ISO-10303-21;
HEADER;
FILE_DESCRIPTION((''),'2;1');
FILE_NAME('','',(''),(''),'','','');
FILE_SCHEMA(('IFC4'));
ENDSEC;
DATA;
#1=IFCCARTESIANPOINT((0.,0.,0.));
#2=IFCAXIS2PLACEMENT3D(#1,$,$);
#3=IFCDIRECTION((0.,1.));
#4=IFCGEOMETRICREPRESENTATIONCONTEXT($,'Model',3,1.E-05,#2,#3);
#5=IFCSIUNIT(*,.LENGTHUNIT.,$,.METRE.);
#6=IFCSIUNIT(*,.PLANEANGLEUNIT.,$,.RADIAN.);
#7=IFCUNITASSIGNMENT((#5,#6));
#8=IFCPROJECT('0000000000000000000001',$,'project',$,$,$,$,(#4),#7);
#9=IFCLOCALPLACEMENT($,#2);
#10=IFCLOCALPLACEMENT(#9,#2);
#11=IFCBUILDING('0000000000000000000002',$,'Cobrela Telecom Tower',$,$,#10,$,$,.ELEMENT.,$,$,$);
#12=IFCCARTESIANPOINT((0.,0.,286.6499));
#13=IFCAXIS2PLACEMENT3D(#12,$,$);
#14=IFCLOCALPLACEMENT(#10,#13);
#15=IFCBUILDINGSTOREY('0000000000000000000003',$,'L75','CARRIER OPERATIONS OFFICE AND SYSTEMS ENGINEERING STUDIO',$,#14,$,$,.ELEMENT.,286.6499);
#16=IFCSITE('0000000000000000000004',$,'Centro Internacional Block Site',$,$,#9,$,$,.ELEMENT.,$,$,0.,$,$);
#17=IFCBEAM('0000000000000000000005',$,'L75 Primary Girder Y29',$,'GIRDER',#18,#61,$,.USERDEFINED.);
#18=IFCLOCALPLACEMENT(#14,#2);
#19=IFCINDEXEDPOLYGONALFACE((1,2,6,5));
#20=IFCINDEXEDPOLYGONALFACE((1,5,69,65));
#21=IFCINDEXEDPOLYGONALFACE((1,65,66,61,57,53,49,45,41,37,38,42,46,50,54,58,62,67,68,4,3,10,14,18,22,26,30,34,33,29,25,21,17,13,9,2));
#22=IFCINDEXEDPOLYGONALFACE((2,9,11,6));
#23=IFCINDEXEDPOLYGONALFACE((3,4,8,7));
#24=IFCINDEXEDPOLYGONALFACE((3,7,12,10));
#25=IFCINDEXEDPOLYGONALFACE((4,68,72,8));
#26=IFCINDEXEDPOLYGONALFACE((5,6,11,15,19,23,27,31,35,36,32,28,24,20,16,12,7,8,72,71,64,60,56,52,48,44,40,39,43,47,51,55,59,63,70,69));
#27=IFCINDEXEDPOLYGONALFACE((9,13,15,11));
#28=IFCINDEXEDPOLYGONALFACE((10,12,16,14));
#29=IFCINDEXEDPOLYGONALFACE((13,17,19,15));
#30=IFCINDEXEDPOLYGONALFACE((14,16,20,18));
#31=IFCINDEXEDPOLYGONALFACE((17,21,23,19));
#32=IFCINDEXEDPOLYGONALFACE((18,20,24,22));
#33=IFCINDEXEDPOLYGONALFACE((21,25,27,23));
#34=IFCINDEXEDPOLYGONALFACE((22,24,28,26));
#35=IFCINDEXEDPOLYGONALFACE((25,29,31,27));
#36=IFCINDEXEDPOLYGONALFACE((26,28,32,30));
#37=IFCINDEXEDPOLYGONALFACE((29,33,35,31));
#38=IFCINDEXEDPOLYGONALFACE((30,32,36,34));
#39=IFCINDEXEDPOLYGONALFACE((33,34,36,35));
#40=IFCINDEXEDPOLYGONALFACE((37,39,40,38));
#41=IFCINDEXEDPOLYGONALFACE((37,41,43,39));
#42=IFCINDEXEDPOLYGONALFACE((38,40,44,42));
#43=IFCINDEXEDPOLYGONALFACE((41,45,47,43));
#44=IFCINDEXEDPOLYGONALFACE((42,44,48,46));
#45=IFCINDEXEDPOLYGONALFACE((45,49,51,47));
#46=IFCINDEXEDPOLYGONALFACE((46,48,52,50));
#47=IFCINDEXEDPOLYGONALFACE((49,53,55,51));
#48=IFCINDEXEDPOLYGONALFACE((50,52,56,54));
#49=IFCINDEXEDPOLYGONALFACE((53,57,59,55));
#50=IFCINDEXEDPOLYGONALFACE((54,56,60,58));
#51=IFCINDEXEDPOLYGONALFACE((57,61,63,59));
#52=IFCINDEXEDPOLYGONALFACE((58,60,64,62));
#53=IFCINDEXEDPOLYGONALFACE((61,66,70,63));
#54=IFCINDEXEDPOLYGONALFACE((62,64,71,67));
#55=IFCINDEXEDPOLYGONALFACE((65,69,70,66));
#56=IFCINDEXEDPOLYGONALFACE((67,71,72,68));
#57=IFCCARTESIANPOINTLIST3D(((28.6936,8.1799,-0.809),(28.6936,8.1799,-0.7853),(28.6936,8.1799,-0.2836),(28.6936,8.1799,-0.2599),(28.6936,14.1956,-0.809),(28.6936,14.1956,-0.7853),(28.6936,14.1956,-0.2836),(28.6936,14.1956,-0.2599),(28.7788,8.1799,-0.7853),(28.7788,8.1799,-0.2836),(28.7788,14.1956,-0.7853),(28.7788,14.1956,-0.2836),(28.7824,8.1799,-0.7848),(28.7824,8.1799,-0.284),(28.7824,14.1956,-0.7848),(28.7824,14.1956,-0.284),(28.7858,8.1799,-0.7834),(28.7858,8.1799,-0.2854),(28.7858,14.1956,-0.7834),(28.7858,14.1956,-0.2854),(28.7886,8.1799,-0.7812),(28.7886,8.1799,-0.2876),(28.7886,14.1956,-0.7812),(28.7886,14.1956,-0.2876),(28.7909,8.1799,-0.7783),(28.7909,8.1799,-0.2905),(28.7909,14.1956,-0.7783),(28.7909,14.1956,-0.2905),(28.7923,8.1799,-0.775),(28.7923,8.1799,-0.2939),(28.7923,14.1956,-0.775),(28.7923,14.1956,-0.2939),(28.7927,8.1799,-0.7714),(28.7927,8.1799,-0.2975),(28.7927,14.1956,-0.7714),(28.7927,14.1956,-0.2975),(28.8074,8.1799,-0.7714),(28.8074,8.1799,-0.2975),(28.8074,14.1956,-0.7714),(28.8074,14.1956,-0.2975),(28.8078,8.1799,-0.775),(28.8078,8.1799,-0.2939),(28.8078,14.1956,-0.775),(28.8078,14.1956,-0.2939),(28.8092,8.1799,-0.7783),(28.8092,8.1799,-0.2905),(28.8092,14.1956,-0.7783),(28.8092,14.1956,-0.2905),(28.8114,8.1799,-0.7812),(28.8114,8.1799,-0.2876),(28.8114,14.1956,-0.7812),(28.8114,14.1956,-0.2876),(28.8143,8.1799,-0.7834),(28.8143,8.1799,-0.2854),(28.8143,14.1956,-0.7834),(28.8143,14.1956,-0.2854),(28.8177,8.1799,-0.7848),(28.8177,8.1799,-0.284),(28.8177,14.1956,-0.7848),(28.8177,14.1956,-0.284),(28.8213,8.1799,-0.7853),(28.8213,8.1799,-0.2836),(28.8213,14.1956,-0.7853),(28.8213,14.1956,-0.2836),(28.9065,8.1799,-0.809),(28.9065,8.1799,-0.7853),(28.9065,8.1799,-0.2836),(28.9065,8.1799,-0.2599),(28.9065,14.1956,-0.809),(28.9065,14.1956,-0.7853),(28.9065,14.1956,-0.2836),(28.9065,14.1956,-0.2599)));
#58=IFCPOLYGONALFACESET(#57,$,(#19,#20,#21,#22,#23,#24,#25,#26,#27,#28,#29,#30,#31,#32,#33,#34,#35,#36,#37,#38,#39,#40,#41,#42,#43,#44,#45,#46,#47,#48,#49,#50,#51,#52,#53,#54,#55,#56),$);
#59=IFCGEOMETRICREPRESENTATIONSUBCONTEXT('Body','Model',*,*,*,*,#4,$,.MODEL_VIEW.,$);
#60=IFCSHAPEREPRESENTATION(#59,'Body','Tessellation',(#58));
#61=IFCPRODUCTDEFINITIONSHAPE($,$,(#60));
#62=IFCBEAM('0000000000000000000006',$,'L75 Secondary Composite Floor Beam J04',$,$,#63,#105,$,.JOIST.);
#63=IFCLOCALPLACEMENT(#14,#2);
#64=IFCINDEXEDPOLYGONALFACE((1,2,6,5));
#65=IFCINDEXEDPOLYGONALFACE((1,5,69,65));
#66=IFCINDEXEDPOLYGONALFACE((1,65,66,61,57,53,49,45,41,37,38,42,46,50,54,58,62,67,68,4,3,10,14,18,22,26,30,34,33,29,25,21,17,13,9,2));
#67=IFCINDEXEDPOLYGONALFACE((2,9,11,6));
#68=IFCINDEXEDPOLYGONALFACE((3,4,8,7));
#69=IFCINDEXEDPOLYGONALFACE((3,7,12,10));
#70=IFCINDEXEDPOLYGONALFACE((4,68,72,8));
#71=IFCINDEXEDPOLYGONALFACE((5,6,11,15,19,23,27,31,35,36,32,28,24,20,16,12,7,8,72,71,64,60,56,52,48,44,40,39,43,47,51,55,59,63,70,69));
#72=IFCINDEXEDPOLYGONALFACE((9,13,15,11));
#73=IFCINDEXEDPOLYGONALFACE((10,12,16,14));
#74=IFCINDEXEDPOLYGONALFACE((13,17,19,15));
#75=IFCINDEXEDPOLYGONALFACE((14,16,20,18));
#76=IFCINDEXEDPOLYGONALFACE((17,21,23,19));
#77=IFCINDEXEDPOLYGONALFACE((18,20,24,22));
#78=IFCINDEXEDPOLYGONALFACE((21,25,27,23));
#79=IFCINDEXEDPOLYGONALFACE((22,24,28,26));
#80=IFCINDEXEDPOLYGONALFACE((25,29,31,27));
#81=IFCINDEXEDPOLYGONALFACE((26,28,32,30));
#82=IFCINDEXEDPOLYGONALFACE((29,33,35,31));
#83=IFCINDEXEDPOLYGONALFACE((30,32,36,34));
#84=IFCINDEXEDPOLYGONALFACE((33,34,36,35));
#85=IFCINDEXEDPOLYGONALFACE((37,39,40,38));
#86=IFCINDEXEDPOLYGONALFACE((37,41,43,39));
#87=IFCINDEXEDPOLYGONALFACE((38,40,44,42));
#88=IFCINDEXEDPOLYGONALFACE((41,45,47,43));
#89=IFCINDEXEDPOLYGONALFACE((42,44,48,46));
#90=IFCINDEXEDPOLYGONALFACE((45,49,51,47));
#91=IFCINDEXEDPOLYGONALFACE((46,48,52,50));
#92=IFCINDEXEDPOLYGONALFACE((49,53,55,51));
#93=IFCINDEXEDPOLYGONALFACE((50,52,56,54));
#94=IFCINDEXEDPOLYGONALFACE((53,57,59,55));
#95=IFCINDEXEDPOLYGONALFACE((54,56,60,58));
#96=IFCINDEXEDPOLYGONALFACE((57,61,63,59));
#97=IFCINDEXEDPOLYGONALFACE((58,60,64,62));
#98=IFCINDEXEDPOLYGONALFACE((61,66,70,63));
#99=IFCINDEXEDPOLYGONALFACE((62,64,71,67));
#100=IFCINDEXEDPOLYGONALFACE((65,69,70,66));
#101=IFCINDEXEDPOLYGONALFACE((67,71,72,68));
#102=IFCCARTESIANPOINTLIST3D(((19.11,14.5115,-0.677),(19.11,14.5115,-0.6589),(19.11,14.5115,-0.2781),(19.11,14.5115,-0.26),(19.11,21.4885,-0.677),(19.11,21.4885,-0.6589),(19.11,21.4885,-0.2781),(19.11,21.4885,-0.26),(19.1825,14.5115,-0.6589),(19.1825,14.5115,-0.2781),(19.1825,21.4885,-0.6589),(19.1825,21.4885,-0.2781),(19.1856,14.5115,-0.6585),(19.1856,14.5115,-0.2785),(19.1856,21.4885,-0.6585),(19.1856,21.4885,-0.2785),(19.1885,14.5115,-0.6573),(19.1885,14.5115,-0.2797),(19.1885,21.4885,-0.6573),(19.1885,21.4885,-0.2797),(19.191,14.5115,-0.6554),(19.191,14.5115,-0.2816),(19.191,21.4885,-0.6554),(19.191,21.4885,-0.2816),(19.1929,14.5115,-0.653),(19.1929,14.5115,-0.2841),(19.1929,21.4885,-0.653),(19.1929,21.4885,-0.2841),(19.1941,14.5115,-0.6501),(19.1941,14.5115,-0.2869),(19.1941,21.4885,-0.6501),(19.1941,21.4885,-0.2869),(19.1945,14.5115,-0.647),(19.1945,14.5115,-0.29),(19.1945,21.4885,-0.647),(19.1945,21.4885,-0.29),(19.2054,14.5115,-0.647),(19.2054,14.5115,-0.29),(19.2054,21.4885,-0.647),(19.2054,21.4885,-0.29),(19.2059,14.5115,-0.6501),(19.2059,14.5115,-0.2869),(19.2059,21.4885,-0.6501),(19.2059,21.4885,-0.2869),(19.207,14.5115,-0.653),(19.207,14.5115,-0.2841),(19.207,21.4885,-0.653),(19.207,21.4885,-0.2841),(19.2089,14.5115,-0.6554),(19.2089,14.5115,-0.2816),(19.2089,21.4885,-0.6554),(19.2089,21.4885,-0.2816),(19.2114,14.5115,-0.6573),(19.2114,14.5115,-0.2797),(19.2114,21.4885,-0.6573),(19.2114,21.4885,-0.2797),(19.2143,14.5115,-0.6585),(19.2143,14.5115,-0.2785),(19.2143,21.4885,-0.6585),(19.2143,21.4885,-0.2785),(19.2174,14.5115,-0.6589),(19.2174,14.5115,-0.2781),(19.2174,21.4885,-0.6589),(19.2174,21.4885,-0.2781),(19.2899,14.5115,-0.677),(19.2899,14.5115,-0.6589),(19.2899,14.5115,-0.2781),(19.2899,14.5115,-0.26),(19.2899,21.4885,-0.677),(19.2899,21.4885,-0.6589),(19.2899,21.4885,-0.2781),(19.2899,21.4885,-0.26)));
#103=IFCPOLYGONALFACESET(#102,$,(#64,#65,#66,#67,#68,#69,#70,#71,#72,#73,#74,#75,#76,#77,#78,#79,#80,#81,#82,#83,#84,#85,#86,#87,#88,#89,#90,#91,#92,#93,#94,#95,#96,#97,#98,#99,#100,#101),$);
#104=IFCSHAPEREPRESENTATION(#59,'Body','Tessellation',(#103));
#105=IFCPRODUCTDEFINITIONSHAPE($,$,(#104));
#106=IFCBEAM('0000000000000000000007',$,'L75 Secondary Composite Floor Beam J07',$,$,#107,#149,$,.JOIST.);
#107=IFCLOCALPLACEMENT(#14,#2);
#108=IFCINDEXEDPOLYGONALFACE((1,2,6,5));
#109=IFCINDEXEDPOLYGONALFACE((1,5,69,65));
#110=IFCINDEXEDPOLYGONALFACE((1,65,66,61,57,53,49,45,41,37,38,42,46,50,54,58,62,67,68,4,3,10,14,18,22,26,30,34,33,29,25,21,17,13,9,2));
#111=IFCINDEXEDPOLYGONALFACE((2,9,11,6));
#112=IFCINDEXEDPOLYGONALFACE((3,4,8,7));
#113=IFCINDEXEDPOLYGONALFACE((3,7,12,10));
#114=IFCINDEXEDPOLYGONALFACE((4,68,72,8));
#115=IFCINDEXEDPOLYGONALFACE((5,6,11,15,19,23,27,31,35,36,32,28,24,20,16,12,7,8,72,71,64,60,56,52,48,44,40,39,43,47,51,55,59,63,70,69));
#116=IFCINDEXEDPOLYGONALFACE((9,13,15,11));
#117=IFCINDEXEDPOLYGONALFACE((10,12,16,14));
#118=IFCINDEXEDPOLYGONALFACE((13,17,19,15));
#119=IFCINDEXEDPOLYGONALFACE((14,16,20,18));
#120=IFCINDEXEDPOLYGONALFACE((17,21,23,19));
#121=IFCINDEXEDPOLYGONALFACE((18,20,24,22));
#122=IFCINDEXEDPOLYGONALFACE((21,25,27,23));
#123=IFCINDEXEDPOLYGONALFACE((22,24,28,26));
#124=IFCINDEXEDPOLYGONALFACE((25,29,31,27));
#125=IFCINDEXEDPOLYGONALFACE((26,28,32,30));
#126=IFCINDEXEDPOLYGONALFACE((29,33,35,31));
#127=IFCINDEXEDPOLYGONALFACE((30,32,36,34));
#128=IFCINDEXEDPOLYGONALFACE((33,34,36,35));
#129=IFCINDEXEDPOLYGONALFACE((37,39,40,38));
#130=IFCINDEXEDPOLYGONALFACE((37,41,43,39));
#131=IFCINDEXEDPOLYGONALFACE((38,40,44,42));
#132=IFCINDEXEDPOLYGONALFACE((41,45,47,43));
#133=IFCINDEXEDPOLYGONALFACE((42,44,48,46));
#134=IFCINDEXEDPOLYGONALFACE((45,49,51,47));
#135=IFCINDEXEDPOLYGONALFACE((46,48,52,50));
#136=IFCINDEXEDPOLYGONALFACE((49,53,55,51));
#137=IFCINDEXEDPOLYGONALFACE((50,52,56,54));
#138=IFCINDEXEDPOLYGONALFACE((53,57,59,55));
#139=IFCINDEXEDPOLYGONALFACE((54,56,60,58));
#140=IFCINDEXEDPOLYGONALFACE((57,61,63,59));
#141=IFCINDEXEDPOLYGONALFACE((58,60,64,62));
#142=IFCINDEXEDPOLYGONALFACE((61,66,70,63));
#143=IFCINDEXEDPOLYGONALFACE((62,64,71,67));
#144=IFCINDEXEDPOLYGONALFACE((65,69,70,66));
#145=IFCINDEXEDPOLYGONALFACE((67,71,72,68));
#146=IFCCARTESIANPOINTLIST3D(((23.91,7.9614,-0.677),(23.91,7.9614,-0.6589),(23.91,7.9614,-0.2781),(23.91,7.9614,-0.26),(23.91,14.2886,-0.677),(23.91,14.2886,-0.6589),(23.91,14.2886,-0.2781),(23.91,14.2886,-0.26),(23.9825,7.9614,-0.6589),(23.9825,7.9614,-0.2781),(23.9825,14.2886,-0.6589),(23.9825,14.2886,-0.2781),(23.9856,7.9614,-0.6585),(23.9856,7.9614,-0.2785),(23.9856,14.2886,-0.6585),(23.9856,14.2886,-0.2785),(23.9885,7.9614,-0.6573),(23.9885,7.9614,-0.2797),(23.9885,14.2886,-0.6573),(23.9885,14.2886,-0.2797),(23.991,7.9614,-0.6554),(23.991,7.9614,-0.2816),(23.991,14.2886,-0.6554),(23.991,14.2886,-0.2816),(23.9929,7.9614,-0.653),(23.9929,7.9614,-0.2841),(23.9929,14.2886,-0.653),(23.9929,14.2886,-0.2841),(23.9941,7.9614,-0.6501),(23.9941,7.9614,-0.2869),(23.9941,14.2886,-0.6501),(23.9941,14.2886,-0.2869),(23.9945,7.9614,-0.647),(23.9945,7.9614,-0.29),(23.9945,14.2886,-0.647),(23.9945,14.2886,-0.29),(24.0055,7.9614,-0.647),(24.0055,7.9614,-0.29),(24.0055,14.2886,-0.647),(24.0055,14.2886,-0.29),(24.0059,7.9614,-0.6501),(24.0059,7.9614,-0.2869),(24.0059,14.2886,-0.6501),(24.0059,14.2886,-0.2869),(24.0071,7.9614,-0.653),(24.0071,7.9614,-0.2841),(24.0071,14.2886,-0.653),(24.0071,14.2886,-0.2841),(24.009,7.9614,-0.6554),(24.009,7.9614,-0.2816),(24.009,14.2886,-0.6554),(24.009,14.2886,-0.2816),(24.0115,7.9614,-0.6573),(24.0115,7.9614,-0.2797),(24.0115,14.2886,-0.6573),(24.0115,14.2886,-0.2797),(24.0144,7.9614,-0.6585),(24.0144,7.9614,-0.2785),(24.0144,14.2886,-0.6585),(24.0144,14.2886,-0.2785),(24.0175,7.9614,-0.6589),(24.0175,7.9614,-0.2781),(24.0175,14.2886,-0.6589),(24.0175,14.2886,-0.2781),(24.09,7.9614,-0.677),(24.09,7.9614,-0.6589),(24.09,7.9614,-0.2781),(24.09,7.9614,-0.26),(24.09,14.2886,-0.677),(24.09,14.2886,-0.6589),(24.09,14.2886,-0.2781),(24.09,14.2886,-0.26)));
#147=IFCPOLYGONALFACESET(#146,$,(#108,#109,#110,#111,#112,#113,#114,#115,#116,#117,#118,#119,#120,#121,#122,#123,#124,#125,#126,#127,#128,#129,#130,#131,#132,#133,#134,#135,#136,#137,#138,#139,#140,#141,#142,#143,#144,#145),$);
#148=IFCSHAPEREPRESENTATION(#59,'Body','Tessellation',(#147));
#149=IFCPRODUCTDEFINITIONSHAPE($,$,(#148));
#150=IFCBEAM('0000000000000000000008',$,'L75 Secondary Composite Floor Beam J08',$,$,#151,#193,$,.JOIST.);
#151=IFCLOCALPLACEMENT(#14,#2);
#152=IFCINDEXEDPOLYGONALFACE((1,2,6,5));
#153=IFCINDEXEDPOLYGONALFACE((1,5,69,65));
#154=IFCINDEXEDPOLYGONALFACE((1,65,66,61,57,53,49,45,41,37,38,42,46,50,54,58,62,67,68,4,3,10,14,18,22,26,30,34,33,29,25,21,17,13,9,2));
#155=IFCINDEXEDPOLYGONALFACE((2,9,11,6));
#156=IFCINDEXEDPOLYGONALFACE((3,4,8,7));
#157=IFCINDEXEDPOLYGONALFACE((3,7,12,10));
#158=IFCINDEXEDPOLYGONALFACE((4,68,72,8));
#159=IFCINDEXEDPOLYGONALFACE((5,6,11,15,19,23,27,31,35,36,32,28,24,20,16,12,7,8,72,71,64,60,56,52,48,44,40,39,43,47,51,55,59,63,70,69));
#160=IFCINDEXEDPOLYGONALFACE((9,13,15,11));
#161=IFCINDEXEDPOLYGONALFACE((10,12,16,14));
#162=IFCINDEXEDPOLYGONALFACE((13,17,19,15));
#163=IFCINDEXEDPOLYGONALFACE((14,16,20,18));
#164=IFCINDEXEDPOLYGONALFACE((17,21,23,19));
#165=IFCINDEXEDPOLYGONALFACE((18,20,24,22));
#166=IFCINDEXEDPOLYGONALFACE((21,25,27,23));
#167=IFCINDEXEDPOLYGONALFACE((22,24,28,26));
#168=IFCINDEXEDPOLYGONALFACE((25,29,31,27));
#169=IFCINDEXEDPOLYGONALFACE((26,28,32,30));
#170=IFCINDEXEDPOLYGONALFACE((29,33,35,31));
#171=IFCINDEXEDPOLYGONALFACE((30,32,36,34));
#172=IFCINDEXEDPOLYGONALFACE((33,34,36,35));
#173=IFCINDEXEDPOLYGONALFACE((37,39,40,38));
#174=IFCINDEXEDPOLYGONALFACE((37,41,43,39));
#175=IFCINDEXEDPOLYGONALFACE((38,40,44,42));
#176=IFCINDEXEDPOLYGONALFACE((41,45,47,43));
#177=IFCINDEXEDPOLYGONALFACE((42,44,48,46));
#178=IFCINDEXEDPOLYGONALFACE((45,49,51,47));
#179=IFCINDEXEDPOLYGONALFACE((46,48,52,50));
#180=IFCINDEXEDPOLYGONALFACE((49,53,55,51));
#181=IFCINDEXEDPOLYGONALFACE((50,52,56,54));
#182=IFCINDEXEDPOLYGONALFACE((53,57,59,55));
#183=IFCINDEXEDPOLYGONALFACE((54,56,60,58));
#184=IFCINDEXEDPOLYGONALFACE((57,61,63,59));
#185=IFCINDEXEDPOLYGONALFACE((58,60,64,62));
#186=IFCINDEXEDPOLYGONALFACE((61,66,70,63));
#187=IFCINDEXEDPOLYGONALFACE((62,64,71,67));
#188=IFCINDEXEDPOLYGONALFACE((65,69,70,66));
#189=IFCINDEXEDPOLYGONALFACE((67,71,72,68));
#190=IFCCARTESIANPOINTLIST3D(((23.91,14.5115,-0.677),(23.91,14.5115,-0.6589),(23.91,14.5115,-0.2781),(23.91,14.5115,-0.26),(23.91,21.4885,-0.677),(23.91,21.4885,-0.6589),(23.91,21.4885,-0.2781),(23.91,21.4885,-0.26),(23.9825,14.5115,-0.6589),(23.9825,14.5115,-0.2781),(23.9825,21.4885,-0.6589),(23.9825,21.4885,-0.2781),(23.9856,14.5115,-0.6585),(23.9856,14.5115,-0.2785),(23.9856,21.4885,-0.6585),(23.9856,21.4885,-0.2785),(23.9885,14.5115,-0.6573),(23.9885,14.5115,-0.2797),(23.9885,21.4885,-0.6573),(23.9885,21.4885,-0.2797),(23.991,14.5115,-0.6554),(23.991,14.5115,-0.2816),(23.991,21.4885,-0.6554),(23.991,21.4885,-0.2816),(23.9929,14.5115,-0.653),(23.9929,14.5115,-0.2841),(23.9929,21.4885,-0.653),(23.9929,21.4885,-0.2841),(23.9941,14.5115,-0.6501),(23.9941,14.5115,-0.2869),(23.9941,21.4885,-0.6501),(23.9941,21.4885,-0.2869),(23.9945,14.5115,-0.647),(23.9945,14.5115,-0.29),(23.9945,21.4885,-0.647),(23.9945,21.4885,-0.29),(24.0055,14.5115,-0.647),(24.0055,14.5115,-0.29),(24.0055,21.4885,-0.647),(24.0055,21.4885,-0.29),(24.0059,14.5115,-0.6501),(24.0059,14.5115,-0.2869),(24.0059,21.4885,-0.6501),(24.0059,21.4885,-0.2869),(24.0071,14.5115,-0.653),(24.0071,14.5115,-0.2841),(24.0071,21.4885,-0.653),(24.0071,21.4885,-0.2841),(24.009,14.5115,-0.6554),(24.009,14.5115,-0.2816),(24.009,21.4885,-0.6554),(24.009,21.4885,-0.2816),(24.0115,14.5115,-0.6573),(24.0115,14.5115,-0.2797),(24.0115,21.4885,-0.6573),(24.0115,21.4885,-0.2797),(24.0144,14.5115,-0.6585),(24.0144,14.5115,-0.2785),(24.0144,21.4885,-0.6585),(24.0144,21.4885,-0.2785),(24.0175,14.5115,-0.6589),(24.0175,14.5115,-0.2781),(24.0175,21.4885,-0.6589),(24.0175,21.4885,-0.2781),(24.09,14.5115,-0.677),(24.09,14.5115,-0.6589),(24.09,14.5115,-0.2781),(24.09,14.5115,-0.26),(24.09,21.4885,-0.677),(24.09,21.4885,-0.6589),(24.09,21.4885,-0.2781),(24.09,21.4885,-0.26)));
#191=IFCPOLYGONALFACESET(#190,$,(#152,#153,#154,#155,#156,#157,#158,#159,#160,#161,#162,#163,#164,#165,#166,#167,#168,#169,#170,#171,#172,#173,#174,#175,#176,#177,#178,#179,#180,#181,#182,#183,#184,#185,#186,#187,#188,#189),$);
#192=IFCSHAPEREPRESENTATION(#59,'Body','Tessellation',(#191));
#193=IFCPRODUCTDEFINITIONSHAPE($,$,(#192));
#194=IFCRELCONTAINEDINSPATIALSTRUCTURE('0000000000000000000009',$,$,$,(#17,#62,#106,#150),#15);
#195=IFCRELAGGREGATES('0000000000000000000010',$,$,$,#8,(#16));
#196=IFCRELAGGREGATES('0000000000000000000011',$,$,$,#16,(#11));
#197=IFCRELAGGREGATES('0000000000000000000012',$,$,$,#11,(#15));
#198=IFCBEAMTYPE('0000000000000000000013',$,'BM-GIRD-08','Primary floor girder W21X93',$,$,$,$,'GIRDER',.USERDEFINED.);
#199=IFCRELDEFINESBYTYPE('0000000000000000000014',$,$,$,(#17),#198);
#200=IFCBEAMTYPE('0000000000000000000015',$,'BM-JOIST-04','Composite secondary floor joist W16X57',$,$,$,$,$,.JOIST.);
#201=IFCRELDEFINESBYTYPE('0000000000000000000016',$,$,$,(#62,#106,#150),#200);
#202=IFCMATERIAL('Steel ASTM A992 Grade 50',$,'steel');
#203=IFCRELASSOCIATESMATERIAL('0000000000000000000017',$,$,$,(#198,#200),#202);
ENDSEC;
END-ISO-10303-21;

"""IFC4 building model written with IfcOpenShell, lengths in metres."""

from ifc_helpers import new_model, si_unit, direction, frame, origin, origin_2d, place, context, subcontext, project, spatial, i_section, extrude, material, material_profile, profile_set, type_object, element, save


model = new_model("IFC4")

# Units and contexts
model_context = context("Model", 3, precision=1e-05, world=origin(), true_north=direction((0.0, 1.0)))
body_context = subcontext(model_context, "Body", "Model", "MODEL_VIEW")
ifc_project = project(units=[si_unit("LENGTHUNIT", "METRE"), si_unit("PLANEANGLEUNIT", "RADIAN")], contexts=[model_context])

# Site, building, storey
site_placement = place(None, origin())
site = spatial("IfcSite", under=ifc_project, at=site_placement, Name="Centro Internacional Block Site", CompositionType="ELEMENT", RefElevation=0.0)
building_placement = place(site_placement, origin())
building = spatial("IfcBuilding", under=site, at=building_placement, Name="Cobrela Telecom Tower", CompositionType="ELEMENT")
storey_placement = place(building_placement, frame((0.0, 0.0, 286.6499)))
storey = spatial("IfcBuildingStorey", under=building, at=storey_placement, Name="L75", Description="CARRIER OPERATIONS OFFICE AND SYSTEMS ENGINEERING STUDIO", CompositionType="ELEMENT", Elevation=286.6499)

# Shared definitions
ifc_material_1 = material(Name="Steel ASTM A992 Grade 50", Category="steel")

# Beams
ifc_material_profile_1 = material_profile(ifc_material_1, i_section(OverallWidth=0.2129, OverallDepth=0.5491, WebThickness=0.0146, FlangeThickness=0.0237, FilletRadius=0.0139, at=origin_2d()), Name="W21X93")
ifc_profile_set_1 = profile_set([ifc_material_profile_1], Name="Steel ASTM A992 Grade 50")
beam_type_1 = type_object("IfcBeamType", Name="BM-GIRD-08", Description="Primary floor girder W21X93", ElementType="GIRDER", PredefinedType="USERDEFINED", material=ifc_profile_set_1)
beam_1_placement = place(storey_placement, frame((28.8, 8.1799, -0.5344), z_axis=(0.0, 1.0, 0.0), x_axis=(-1.0, 0.0, 0.0)))
element("IfcBeam", 1, at=beam_1_placement, inside=storey, type_object=beam_type_1, Name="L75 Primary Girder Y29", ObjectType="GIRDER", PredefinedType="USERDEFINED", context=body_context, shape_type="SweptSolid", body=[
    extrude(i_section(OverallWidth=0.2129, OverallDepth=0.5491, WebThickness=0.0146, FlangeThickness=0.0237, FilletRadius=0.0139, at=origin_2d()), origin(), (0.0, 0.0, 1.0), 6.0156),
])
ifc_material_profile_2 = material_profile(ifc_material_1, i_section(OverallWidth=0.1799, OverallDepth=0.417, WebThickness=0.011, FlangeThickness=0.0181, FilletRadius=0.012, at=origin_2d()), Name="W16X57")
ifc_profile_set_2 = profile_set([ifc_material_profile_2], Name="Steel ASTM A992 Grade 50")
beam_type_2 = type_object("IfcBeamType", Name="BM-JOIST-04", Description="Composite secondary floor joist W16X57", PredefinedType="JOIST", material=ifc_profile_set_2)
beam_2_placement = place(storey_placement, frame((19.2, 14.5115, -0.4685), z_axis=(0.0, 1.0, 0.0), x_axis=(-1.0, 0.0, 0.0)))
element("IfcBeam", 2, at=beam_2_placement, inside=storey, type_object=beam_type_2, Name="L75 Secondary Composite Floor Beam J04", PredefinedType="JOIST", context=body_context, shape_type="SweptSolid", body=[
    extrude(i_section(OverallWidth=0.1799, OverallDepth=0.417, WebThickness=0.011, FlangeThickness=0.0181, FilletRadius=0.012, at=origin_2d()), origin(), (0.0, 0.0, 1.0), 6.9771),
])
beam_3_placement = place(storey_placement, frame((24.0, 7.9614, -0.4685), z_axis=(0.0, 1.0, 0.0), x_axis=(-1.0, 0.0, 0.0)))
element("IfcBeam", 3, at=beam_3_placement, inside=storey, type_object=beam_type_2, Name="L75 Secondary Composite Floor Beam J07", PredefinedType="JOIST", context=body_context, shape_type="SweptSolid", body=[
    extrude(i_section(OverallWidth=0.1799, OverallDepth=0.417, WebThickness=0.011, FlangeThickness=0.0181, FilletRadius=0.012, at=origin_2d()), origin(), (0.0, 0.0, 1.0), 6.3271),
])
beam_4_placement = place(storey_placement, frame((24.0, 14.5115, -0.4685), z_axis=(0.0, 1.0, 0.0), x_axis=(-1.0, 0.0, 0.0)))
element("IfcBeam", 4, at=beam_4_placement, inside=storey, type_object=beam_type_2, Name="L75 Secondary Composite Floor Beam J08", PredefinedType="JOIST", context=body_context, shape_type="SweptSolid", body=[
    extrude(i_section(OverallWidth=0.1799, OverallDepth=0.417, WebThickness=0.011, FlangeThickness=0.0181, FilletRadius=0.012, at=origin_2d()), origin(), (0.0, 0.0, 1.0), 6.9771),
])

save(model, "model.ifc")
